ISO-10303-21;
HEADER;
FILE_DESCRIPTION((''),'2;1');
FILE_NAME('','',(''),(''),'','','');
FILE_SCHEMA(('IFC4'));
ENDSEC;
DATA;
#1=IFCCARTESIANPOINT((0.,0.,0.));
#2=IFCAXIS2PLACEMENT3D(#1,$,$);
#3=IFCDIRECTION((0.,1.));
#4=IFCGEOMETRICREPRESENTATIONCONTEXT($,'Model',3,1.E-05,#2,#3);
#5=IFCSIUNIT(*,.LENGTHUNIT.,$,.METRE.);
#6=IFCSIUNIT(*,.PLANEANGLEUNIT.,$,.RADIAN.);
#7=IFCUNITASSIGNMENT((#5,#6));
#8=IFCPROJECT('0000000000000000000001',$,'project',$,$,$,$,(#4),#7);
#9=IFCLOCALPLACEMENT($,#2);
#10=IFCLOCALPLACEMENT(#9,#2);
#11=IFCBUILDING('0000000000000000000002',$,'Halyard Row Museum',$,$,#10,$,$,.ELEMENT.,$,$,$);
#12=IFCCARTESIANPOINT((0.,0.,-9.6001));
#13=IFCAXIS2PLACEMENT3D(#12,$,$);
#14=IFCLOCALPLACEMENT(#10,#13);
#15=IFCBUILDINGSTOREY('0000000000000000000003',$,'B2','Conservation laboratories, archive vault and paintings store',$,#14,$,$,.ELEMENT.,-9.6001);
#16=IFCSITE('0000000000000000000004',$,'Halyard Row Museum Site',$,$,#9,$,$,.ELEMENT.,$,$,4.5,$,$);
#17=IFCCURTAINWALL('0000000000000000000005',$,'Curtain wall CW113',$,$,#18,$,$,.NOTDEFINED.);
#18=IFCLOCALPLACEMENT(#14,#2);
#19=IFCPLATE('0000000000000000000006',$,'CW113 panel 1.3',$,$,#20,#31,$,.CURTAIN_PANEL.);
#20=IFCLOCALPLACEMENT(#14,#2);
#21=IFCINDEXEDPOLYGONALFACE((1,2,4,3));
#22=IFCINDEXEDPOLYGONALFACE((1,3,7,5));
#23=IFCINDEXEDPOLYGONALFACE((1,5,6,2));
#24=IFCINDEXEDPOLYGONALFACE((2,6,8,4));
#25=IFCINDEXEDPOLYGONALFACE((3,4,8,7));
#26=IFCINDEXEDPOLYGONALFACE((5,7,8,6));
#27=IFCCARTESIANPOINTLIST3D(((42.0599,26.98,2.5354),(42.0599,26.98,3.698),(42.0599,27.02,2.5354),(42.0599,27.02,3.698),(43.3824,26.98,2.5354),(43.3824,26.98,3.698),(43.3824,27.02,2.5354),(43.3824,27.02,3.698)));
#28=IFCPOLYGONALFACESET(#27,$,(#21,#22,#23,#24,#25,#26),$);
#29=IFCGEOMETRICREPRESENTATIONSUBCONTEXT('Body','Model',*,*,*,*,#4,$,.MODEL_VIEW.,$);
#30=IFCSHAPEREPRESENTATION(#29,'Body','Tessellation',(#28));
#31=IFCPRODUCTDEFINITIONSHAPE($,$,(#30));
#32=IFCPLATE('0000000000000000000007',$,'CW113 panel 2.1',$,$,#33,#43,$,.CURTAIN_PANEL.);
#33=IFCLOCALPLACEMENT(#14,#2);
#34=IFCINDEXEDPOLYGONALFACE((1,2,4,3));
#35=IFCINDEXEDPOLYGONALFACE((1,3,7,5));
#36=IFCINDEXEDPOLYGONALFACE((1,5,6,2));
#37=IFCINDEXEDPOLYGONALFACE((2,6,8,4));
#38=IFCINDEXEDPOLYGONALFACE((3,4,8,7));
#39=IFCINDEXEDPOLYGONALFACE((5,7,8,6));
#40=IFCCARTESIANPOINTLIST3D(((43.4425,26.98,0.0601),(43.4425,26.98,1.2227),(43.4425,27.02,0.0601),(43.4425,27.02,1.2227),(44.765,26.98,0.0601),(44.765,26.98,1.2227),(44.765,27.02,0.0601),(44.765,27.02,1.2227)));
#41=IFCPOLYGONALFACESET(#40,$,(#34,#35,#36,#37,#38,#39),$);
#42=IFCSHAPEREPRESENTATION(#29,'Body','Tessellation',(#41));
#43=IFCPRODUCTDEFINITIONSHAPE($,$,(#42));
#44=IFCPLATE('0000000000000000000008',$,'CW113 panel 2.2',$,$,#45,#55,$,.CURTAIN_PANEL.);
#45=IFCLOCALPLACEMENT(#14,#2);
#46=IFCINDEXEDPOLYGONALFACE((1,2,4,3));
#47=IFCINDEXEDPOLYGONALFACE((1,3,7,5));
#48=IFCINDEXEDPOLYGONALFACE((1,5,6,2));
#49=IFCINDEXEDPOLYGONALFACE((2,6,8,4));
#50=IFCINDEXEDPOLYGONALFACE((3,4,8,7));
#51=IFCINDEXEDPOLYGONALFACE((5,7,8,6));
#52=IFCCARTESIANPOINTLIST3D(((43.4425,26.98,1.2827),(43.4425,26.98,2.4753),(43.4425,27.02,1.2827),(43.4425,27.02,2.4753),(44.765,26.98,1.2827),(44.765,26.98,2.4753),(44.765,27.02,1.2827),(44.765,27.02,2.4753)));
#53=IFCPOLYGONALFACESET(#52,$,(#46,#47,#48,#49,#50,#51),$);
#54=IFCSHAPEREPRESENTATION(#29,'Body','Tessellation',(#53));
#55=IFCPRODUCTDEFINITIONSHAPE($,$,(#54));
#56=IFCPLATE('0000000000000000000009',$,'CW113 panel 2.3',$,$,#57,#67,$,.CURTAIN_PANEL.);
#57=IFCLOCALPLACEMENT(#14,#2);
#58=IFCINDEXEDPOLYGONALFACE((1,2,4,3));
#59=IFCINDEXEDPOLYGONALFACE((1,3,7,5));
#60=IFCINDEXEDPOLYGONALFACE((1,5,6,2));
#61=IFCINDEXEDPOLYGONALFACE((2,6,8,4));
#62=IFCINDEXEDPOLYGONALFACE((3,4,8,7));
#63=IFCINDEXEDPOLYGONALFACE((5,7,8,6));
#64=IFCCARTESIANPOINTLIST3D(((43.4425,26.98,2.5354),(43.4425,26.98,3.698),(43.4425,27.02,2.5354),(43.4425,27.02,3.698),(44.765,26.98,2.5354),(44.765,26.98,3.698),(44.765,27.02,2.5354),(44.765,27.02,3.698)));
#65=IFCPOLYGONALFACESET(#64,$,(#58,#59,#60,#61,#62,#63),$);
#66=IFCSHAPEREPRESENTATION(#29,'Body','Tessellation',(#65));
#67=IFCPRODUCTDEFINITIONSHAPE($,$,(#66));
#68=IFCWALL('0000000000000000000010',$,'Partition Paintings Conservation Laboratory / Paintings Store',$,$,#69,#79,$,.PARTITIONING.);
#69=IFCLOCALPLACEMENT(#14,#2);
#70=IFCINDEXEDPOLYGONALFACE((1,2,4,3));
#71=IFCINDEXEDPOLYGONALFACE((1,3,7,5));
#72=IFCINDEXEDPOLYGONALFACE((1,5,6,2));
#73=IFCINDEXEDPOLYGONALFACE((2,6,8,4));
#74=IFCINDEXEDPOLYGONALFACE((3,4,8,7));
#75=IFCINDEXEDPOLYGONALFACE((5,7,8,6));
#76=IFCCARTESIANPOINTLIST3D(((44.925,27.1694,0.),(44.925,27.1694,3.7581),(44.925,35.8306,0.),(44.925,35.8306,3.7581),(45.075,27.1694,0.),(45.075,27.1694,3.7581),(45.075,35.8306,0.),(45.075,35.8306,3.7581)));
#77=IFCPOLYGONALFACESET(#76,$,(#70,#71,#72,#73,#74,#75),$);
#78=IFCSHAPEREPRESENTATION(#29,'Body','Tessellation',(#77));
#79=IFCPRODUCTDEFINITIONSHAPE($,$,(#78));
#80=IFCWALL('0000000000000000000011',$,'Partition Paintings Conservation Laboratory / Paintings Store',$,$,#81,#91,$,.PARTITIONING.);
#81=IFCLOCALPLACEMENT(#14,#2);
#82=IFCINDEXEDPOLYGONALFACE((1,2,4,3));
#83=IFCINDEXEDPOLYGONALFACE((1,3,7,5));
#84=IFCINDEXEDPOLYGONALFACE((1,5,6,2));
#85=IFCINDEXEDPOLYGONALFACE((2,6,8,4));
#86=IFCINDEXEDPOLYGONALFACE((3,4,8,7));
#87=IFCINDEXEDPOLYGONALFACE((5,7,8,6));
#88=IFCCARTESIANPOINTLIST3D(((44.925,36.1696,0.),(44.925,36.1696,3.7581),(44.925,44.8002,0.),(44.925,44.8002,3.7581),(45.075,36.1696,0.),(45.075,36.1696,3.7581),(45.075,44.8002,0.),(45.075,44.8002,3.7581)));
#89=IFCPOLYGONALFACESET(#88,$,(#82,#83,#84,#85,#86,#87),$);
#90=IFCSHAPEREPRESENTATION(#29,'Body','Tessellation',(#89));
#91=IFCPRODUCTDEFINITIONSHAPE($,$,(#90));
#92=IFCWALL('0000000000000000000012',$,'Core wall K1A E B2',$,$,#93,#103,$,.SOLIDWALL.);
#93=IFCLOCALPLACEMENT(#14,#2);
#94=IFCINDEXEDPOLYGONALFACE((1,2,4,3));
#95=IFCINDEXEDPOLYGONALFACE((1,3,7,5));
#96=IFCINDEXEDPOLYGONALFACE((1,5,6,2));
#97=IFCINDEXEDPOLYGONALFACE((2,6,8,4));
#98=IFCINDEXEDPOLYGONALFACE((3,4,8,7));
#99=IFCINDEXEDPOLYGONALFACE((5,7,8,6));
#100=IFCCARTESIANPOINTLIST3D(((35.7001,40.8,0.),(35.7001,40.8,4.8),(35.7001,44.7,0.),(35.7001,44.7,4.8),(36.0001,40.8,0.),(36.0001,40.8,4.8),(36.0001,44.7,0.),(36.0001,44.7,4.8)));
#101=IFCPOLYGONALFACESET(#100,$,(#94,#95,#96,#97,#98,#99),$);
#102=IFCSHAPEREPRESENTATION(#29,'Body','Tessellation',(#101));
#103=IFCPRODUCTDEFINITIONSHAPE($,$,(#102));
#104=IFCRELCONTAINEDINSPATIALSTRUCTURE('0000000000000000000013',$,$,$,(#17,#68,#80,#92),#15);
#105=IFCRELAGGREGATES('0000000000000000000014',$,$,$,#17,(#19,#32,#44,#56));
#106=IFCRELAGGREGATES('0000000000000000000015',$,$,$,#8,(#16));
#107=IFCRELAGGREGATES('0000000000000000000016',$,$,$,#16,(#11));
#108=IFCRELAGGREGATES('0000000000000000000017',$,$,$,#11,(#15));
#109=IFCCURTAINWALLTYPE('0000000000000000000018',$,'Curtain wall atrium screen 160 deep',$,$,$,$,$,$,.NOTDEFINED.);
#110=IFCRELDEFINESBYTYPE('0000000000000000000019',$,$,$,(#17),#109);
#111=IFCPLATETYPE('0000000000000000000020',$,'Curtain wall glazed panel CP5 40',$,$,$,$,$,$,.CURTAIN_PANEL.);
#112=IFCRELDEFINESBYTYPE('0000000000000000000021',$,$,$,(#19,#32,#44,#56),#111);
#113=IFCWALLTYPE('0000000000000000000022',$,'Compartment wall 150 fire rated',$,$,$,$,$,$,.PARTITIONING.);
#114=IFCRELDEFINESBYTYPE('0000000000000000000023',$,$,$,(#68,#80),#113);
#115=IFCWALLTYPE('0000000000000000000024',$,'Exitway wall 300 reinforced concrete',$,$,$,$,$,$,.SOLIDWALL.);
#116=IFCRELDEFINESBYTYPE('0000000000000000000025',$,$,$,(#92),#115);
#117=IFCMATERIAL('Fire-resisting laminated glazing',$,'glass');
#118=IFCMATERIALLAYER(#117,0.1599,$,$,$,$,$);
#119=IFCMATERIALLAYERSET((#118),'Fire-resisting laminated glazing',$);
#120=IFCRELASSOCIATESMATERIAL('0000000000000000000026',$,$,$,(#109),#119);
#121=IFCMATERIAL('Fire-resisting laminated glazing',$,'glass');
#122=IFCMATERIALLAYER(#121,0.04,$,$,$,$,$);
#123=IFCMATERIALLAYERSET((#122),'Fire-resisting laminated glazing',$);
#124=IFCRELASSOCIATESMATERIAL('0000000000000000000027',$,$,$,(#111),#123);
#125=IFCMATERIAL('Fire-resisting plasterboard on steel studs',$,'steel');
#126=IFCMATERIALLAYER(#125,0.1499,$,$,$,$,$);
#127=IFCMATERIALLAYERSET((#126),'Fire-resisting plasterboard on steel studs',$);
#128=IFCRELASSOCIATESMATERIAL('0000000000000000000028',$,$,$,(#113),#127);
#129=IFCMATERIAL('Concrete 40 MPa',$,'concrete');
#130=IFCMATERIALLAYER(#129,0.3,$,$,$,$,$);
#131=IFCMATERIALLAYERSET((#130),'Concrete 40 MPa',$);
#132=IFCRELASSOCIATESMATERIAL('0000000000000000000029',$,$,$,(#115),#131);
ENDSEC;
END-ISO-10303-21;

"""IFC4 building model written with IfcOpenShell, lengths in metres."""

from ifc_helpers import new_model, si_unit, direction, frame, frame_2d, origin, origin_2d, place, context, subcontext, project, spatial, rectangle, extrude, material, layer, layer_set, type_object, element, aggregate, save


model = new_model("IFC4")

# Units and contexts
model_context = context("Model", 3, precision=1e-05, world=origin(), true_north=direction((0.0, 1.0)))
body_context = subcontext(model_context, "Body", "Model", "MODEL_VIEW")
ifc_project = project(units=[si_unit("LENGTHUNIT", "METRE"), si_unit("PLANEANGLEUNIT", "RADIAN")], contexts=[model_context])

# Site, building, storey
site_placement = place(None, origin())
site = spatial("IfcSite", under=ifc_project, at=site_placement, Name="Halyard Row Museum Site", CompositionType="ELEMENT", RefElevation=4.5)
building_placement = place(site_placement, origin())
building = spatial("IfcBuilding", under=site, at=building_placement, Name="Halyard Row Museum", CompositionType="ELEMENT")
storey_placement = place(building_placement, frame((0.0, 0.0, -9.6001)))
storey = spatial("IfcBuildingStorey", under=building, at=storey_placement, Name="B2", Description="Conservation laboratories, archive vault and paintings store", CompositionType="ELEMENT", Elevation=-9.6001)

# Curtain wall, plates
ifc_material_1 = material(Name="Fire-resisting laminated glazing", Category="glass")
ifc_layer_1 = layer(ifc_material_1, 0.1599)
ifc_layer_set_1 = layer_set([ifc_layer_1], Name="Fire-resisting laminated glazing")
curtain_wall_type = type_object("IfcCurtainWallType", Name="Curtain wall atrium screen 160 deep", PredefinedType="NOTDEFINED", material=ifc_layer_set_1)
curtain_wall_placement = place(storey_placement, origin())
curtain_wall = element("IfcCurtainWall", 1, at=curtain_wall_placement, inside=storey, type_object=curtain_wall_type, Name="Curtain wall CW113", PredefinedType="NOTDEFINED")
ifc_material_2 = material(Name="Fire-resisting laminated glazing", Category="glass")
ifc_layer_2 = layer(ifc_material_2, 0.04)
ifc_layer_set_2 = layer_set([ifc_layer_2], Name="Fire-resisting laminated glazing")
plate_type = type_object("IfcPlateType", Name="Curtain wall glazed panel CP5 40", PredefinedType="CURTAIN_PANEL", material=ifc_layer_set_2)
plate_1_placement = place(storey_placement, frame((42.7212, 27.0, 2.5354), z_axis=(0.0, 0.0, 1.0), x_axis=(1.0, 0.0, 0.0)))
plate_1 = element("IfcPlate", 2, at=plate_1_placement, type_object=plate_type, Name="CW113 panel 1.3", PredefinedType="CURTAIN_PANEL", context=body_context, shape_type="SweptSolid", body=[
    extrude(rectangle(XDim=1.3225, YDim=0.04, at=origin_2d()), origin(), (0.0, 0.0, 1.0), 1.1626),
])
plate_2_placement = place(storey_placement, frame((44.1038, 27.0, 0.0601), z_axis=(0.0, 0.0, 1.0), x_axis=(1.0, 0.0, 0.0)))
plate_2 = element("IfcPlate", 3, at=plate_2_placement, type_object=plate_type, Name="CW113 panel 2.1", PredefinedType="CURTAIN_PANEL", context=body_context, shape_type="SweptSolid", body=[
    extrude(rectangle(XDim=1.3225, YDim=0.04, at=origin_2d()), origin(), (0.0, 0.0, 1.0), 1.1626),
])
plate_3_placement = place(storey_placement, frame((44.1038, 27.0, 1.2827), z_axis=(0.0, 0.0, 1.0), x_axis=(1.0, 0.0, 0.0)))
plate_3 = element("IfcPlate", 4, at=plate_3_placement, type_object=plate_type, Name="CW113 panel 2.2", PredefinedType="CURTAIN_PANEL", context=body_context, shape_type="SweptSolid", body=[
    extrude(rectangle(XDim=1.3225, YDim=0.04, at=origin_2d()), origin(), (0.0, 0.0, 1.0), 1.1926),
])
plate_4_placement = place(storey_placement, frame((44.1038, 27.0, 2.5354), z_axis=(0.0, 0.0, 1.0), x_axis=(1.0, 0.0, 0.0)))
plate_4 = element("IfcPlate", 5, at=plate_4_placement, type_object=plate_type, Name="CW113 panel 2.3", PredefinedType="CURTAIN_PANEL", context=body_context, shape_type="SweptSolid", body=[
    extrude(rectangle(XDim=1.3225, YDim=0.04, at=origin_2d()), origin(), (0.0, 0.0, 1.0), 1.1626),
])
aggregate(curtain_wall, [plate_1, plate_2, plate_3, plate_4])

# Walls
ifc_material_3 = material(Name="Fire-resisting plasterboard on steel studs", Category="steel")
ifc_layer_3 = layer(ifc_material_3, 0.1499)
ifc_layer_set_3 = layer_set([ifc_layer_3], Name="Fire-resisting plasterboard on steel studs")
wall_type_1 = type_object("IfcWallType", Name="Compartment wall 150 fire rated", PredefinedType="PARTITIONING", material=ifc_layer_set_3)
wall_1_placement = place(storey_placement, frame((45.0, 27.1694, 0.0), z_axis=(0.0, 0.0, 1.0), x_axis=(0.0, 1.0, 0.0)))
element("IfcWall", 6, at=wall_1_placement, inside=storey, type_object=wall_type_1, Name="Partition Paintings Conservation Laboratory / Paintings Store", PredefinedType="PARTITIONING", context=body_context, shape_type="SweptSolid", body=[
    extrude(rectangle(XDim=8.6611, YDim=0.1499, at=frame_2d((4.3306, 0.0))), origin(), (0.0, 0.0, 1.0), 3.7581),
])
wall_2_placement = place(storey_placement, frame((45.0, 36.1694, 0.0), z_axis=(0.0, 0.0, 1.0), x_axis=(0.0, 1.0, 0.0)))
element("IfcWall", 7, at=wall_2_placement, inside=storey, type_object=wall_type_1, Name="Partition Paintings Conservation Laboratory / Paintings Store", PredefinedType="PARTITIONING", context=body_context, shape_type="SweptSolid", body=[
    extrude(rectangle(XDim=8.6306, YDim=0.1499, at=frame_2d((4.3154, 0.0))), origin(), (0.0, 0.0, 1.0), 3.7581),
])
ifc_material_4 = material(Name="Concrete 40 MPa", Category="concrete")
ifc_layer_4 = layer(ifc_material_4, 0.3)
ifc_layer_set_4 = layer_set([ifc_layer_4], Name="Concrete 40 MPa")
wall_type_2 = type_object("IfcWallType", Name="Exitway wall 300 reinforced concrete", PredefinedType="SOLIDWALL", material=ifc_layer_set_4)
wall_3_placement = place(storey_placement, frame((35.8501, 40.8, 0.0), z_axis=(0.0, 0.0, 1.0), x_axis=(0.0, 1.0, 0.0)))
element("IfcWall", 8, at=wall_3_placement, inside=storey, type_object=wall_type_2, Name="Core wall K1A E B2", PredefinedType="SOLIDWALL", context=body_context, shape_type="SweptSolid", body=[
    extrude(rectangle(XDim=3.8999, YDim=0.3, at=frame_2d((1.95, 0.0))), origin(), (0.0, 0.0, 1.0), 4.8),
])

save(model, "model.ifc")
